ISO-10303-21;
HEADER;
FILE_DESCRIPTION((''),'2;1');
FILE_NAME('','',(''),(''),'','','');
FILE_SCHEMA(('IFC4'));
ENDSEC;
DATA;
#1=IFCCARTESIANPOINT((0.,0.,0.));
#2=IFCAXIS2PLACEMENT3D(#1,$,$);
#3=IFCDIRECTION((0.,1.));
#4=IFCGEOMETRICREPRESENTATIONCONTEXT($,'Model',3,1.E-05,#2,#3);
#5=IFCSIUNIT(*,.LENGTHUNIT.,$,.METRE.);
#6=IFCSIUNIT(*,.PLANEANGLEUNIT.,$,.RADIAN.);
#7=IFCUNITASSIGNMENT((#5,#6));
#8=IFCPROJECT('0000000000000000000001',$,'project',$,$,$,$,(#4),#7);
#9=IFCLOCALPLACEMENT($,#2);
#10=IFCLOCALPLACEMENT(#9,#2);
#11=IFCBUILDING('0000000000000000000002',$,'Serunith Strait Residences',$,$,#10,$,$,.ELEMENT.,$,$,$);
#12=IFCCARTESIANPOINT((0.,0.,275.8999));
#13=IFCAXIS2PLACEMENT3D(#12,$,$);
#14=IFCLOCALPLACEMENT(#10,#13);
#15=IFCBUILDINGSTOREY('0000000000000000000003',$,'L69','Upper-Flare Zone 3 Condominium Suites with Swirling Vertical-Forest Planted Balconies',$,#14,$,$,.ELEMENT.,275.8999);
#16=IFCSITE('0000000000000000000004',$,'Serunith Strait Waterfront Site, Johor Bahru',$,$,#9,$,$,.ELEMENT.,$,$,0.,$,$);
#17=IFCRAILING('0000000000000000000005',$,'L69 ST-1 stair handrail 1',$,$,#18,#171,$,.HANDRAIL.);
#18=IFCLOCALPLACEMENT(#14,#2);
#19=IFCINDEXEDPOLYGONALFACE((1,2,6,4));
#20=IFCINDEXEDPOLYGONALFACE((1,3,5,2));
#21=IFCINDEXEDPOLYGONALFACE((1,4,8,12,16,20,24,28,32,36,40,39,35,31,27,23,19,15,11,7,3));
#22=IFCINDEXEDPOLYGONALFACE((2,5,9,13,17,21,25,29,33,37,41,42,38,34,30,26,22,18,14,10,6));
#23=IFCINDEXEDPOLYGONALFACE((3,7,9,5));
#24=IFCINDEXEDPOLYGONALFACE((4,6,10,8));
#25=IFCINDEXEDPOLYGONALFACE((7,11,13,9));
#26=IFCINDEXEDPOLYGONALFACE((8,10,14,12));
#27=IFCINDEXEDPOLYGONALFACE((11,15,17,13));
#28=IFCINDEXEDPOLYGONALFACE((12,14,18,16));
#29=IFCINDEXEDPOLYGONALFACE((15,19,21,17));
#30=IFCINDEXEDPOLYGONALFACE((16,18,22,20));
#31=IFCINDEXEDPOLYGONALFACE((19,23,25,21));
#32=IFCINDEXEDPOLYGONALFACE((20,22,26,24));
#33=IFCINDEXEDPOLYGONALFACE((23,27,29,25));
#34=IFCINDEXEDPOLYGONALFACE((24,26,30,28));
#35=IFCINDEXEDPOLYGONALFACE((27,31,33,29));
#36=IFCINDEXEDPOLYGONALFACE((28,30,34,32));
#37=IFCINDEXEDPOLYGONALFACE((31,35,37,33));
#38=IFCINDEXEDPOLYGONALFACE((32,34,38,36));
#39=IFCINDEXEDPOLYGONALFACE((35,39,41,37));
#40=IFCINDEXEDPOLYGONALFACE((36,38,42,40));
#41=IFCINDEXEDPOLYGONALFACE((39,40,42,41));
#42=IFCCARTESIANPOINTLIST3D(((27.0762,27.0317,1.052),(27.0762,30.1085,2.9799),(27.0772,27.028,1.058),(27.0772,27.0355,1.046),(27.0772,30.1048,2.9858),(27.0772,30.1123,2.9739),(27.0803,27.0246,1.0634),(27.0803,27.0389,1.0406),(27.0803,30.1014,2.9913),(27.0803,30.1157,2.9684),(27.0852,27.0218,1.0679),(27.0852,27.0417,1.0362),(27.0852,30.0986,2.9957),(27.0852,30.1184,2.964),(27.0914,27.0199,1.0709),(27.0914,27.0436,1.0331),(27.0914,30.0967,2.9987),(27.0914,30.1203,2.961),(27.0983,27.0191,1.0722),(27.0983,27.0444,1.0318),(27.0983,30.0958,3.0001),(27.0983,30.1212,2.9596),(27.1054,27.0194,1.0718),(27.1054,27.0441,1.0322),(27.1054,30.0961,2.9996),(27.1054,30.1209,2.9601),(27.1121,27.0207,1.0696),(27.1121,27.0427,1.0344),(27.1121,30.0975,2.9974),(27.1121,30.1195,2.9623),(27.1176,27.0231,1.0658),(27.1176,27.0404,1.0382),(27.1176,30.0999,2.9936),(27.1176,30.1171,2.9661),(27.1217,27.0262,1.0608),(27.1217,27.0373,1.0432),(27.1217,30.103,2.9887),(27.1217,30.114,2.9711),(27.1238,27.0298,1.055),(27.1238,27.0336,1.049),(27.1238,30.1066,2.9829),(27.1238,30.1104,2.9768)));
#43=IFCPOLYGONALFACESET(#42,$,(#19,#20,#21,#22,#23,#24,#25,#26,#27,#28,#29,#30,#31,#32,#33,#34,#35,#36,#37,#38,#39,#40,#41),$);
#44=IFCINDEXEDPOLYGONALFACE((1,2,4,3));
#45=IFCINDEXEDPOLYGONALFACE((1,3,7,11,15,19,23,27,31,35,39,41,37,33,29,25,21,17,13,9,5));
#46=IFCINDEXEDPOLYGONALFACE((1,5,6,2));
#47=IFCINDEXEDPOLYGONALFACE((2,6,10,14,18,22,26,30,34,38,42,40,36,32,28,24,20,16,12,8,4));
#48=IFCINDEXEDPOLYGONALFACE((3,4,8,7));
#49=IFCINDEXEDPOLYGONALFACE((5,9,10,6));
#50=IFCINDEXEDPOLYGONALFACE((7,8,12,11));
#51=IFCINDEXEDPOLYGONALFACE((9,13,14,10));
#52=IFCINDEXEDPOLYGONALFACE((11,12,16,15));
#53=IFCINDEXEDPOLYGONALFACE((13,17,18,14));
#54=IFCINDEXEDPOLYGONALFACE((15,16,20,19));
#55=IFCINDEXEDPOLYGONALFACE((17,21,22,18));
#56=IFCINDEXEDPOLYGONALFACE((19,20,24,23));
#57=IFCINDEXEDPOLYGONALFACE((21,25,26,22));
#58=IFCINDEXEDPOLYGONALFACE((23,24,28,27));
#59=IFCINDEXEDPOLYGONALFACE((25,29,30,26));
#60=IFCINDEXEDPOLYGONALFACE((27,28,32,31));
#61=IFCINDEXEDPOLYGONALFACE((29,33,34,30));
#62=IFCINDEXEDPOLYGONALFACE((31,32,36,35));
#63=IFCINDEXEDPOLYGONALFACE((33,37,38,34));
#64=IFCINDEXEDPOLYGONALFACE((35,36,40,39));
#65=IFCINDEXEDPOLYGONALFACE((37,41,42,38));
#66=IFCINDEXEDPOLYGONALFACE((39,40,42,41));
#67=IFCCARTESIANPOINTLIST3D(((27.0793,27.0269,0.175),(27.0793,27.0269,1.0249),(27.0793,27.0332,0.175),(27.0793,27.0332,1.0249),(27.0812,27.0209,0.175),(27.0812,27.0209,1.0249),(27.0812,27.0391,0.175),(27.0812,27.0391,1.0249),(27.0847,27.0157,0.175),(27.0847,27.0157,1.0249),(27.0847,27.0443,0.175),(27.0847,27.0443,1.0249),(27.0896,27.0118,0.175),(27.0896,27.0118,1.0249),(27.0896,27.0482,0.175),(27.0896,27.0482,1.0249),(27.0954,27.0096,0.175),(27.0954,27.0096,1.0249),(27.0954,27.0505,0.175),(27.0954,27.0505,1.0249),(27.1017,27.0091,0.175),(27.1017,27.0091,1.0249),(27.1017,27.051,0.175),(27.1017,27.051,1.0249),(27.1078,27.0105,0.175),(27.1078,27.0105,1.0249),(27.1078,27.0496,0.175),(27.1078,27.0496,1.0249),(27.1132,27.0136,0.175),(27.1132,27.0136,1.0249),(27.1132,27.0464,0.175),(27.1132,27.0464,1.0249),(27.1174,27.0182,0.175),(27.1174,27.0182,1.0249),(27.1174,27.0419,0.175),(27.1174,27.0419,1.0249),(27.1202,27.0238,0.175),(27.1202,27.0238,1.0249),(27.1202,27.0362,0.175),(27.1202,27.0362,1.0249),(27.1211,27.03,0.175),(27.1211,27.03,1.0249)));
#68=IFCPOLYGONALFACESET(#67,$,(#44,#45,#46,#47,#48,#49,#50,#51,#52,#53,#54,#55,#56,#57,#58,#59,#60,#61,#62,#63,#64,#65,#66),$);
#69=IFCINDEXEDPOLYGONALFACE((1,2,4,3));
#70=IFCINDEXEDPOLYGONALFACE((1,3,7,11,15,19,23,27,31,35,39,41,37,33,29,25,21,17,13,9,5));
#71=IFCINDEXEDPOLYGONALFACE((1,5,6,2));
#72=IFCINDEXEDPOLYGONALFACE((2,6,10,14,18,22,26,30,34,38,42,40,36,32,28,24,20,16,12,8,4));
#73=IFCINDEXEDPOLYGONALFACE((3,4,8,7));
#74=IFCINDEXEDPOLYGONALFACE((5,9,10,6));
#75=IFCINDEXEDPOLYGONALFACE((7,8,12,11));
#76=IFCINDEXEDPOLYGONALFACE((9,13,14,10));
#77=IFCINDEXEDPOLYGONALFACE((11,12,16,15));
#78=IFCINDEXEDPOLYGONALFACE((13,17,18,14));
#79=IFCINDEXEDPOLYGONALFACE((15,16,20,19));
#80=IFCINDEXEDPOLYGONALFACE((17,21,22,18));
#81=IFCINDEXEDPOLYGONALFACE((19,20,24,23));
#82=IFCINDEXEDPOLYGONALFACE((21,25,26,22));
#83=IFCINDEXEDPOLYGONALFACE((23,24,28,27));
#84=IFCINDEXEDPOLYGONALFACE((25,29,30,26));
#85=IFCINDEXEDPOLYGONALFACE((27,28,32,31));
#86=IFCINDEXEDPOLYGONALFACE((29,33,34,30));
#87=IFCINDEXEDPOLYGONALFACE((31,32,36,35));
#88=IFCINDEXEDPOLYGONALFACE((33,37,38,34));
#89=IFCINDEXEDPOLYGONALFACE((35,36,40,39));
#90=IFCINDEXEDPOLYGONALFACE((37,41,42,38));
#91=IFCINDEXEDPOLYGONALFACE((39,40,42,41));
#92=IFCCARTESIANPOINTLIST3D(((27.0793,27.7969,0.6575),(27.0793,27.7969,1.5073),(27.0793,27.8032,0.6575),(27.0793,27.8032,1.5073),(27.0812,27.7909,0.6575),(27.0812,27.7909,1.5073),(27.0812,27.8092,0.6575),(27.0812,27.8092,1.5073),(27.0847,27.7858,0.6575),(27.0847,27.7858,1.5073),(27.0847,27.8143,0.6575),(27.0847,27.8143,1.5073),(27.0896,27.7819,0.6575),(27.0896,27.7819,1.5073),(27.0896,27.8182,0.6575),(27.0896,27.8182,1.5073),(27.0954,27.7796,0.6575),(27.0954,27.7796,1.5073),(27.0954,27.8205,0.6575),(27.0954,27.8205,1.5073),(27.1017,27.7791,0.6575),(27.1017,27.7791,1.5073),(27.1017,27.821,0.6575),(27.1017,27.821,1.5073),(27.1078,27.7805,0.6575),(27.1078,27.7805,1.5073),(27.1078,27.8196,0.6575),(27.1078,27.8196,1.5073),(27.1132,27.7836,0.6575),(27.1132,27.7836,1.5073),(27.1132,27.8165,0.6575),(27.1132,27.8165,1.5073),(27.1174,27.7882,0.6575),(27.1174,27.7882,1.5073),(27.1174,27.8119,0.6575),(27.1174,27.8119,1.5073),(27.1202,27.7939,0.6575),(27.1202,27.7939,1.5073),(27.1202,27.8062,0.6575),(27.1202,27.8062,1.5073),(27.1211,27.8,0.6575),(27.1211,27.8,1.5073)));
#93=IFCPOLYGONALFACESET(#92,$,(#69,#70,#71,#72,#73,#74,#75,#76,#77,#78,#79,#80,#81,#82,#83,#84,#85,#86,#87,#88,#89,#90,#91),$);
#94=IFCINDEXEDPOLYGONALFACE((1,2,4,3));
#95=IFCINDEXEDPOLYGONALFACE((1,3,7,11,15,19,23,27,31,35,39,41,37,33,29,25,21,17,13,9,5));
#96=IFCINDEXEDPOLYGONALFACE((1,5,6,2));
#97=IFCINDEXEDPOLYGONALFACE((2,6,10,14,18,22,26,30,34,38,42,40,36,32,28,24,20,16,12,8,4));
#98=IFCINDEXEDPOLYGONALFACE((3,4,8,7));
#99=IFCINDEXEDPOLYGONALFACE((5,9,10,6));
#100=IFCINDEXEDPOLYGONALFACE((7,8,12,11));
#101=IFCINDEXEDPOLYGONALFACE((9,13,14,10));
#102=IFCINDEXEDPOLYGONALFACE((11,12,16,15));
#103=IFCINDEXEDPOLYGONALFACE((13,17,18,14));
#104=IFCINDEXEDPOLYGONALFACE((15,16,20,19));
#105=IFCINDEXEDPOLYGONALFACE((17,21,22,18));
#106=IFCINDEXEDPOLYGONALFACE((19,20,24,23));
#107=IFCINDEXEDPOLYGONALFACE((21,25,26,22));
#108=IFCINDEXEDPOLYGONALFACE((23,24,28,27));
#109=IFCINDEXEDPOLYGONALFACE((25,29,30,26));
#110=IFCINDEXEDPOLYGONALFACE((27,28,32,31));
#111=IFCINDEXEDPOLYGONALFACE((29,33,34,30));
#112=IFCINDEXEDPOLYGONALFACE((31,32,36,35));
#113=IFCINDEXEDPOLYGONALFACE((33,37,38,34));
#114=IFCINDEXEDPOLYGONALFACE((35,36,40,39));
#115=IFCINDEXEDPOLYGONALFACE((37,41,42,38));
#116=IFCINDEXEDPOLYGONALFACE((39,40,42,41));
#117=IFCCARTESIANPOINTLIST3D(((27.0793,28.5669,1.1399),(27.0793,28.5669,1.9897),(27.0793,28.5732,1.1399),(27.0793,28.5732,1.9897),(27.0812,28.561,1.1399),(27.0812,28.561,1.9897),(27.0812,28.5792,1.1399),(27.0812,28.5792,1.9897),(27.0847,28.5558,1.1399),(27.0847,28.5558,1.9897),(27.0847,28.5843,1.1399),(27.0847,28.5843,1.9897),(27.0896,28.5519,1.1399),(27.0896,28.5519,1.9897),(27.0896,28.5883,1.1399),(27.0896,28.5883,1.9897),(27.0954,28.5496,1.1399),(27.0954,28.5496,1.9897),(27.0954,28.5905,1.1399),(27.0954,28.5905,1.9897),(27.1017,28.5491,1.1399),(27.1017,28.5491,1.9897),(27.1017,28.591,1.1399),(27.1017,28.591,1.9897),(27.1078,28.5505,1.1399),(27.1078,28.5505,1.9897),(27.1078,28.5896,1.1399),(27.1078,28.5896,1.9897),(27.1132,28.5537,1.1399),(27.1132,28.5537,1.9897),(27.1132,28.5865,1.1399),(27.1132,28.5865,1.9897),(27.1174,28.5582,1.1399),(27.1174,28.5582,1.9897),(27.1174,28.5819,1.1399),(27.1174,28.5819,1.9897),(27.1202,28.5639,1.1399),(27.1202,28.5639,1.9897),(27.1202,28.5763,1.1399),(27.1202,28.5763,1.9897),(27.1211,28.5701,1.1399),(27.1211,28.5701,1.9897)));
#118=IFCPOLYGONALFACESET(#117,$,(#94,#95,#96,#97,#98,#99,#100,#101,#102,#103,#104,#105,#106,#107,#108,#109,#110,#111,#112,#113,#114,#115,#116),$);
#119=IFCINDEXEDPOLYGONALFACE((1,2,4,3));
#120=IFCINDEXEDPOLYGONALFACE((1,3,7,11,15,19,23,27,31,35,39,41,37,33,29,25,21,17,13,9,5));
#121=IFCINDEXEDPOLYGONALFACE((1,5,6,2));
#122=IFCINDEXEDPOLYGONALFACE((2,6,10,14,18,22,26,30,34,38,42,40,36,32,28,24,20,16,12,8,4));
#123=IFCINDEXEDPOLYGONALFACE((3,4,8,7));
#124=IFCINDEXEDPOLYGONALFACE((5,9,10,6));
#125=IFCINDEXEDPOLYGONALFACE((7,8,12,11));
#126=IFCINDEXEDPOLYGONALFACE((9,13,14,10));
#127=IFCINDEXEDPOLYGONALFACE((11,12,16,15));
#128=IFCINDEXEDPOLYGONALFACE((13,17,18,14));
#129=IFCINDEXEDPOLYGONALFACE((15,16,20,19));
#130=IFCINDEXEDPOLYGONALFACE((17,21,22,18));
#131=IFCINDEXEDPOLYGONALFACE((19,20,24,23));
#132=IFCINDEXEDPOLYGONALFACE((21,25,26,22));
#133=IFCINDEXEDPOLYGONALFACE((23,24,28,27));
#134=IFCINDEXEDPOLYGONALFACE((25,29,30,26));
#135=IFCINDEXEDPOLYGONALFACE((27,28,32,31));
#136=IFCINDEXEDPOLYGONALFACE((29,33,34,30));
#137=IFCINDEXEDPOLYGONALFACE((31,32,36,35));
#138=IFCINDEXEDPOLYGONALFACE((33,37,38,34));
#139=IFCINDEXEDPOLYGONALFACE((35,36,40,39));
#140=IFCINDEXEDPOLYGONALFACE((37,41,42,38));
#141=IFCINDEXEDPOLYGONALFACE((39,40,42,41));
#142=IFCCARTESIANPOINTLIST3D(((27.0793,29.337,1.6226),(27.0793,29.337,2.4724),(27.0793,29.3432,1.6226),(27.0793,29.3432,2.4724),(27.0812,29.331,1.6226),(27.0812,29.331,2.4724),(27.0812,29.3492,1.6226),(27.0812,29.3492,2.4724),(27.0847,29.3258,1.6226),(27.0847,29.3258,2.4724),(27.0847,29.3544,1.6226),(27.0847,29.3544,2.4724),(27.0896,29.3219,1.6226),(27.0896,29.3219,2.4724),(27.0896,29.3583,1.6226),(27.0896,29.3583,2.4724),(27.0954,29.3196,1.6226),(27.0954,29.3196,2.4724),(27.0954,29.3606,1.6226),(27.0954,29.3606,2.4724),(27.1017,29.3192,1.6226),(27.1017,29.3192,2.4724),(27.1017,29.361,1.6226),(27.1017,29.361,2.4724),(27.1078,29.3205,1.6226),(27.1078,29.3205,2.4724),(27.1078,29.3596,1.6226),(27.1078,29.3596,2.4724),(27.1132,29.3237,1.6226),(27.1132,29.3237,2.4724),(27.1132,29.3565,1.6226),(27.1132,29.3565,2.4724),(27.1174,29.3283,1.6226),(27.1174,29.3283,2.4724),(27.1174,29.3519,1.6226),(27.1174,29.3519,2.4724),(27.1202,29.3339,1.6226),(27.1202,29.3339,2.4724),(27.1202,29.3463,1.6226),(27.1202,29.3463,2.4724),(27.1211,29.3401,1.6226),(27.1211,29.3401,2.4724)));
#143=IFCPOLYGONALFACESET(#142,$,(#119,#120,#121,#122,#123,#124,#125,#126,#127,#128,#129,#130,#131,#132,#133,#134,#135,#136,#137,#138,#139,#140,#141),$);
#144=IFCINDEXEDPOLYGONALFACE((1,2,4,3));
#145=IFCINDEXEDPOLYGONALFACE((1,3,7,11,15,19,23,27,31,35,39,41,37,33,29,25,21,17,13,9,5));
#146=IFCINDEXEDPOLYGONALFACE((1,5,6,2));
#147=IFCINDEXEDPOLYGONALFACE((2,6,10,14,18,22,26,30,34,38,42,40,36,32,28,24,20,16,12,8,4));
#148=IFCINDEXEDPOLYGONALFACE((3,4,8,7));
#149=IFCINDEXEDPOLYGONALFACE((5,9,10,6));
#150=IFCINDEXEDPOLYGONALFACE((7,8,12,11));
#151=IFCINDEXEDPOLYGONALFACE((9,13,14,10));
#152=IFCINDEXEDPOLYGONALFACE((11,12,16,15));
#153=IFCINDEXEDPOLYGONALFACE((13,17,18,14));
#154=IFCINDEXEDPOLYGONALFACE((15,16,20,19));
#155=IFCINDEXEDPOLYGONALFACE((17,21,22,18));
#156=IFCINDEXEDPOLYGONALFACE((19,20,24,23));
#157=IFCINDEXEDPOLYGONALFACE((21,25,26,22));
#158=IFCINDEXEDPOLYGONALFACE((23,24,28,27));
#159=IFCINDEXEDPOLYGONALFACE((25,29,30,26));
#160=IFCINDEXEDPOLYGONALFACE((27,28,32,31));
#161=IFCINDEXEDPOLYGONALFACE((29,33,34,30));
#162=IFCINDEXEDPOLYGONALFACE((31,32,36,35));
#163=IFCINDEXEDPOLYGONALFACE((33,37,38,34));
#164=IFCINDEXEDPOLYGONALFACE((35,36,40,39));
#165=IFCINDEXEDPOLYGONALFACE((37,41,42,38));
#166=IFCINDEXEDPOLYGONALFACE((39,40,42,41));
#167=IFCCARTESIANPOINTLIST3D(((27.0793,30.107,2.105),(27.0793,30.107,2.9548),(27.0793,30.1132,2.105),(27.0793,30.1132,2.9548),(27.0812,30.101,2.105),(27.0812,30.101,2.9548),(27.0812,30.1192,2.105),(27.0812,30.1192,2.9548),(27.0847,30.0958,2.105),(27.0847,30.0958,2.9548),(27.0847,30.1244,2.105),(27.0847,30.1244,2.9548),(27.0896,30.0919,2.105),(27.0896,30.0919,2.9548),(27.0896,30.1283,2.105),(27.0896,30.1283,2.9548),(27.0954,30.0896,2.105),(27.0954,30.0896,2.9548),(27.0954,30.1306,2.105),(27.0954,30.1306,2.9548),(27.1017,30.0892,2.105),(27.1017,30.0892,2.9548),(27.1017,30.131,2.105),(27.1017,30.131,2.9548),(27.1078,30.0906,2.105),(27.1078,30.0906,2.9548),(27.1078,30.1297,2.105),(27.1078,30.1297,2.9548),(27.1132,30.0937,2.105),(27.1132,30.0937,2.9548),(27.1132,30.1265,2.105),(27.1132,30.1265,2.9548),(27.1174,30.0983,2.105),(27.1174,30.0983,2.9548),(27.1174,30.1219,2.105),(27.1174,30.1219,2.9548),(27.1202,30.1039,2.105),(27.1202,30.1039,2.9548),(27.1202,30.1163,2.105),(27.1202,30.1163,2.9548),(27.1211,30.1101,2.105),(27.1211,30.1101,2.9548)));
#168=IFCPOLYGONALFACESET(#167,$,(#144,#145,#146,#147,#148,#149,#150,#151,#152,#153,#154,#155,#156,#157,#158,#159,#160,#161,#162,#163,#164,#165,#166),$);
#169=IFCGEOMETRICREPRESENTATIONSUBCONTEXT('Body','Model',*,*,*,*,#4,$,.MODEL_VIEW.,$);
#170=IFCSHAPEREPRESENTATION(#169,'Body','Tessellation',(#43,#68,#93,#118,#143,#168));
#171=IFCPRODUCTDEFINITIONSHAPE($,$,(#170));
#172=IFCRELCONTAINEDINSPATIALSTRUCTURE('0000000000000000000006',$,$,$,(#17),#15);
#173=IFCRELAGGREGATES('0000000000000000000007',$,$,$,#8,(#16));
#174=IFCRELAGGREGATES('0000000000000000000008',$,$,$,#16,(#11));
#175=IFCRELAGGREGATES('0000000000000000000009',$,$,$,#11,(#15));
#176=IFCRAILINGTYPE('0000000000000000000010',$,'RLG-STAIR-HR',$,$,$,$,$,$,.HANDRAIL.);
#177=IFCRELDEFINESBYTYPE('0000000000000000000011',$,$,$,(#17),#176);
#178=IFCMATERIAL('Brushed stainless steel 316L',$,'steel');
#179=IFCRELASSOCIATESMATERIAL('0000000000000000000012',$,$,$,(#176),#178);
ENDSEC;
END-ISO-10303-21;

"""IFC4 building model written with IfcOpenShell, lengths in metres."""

from ifc_helpers import new_model, si_unit, direction, frame, origin, origin_2d, place, context, subcontext, project, spatial, circle, extrude, material, type_object, element, save


model = new_model("IFC4")

# Units and contexts
model_context = context("Model", 3, precision=1e-05, world=origin(), true_north=direction((0.0, 1.0)))
body_context = subcontext(model_context, "Body", "Model", "MODEL_VIEW")
ifc_project = project(units=[si_unit("LENGTHUNIT", "METRE"), si_unit("PLANEANGLEUNIT", "RADIAN")], contexts=[model_context])

# Site, building, storey
site_placement = place(None, origin())
site = spatial("IfcSite", under=ifc_project, at=site_placement, Name="Serunith Strait Waterfront Site, Johor Bahru", CompositionType="ELEMENT", RefElevation=0.0)
building_placement = place(site_placement, origin())
building = spatial("IfcBuilding", under=site, at=building_placement, Name="Serunith Strait Residences", CompositionType="ELEMENT")
storey_placement = place(building_placement, frame((0.0, 0.0, 275.8999)))
storey = spatial("IfcBuildingStorey", under=building, at=storey_placement, Name="L69", Description="Upper-Flare Zone 3 Condominium Suites with Swirling Vertical-Forest Planted Balconies", CompositionType="ELEMENT", Elevation=275.8999)

# Railing
ifc_material_1 = material(Name="Brushed stainless steel 316L", Category="steel")
railing_type_1 = type_object("IfcRailingType", Name="RLG-STAIR-HR", PredefinedType="HANDRAIL", material=ifc_material_1)
railing_1_placement = place(storey_placement, frame((27.1001, 27.03, 0.175)))
element("IfcRailing", 1, at=railing_1_placement, inside=storey, type_object=railing_type_1, Name="L69 ST-1 stair handrail 1", PredefinedType="HANDRAIL", context=body_context, shape_type="SweptSolid", body=[
    extrude(circle(Radius=0.0239, at=origin_2d()), frame((0.0, 0.0017, 0.877), z_axis=(0.0, 0.847394, 0.530965), x_axis=(-1.0, 0.0, 0.0)), (0.0, 0.0, 1.0), 3.6309),
    extrude(circle(Radius=0.021, at=origin_2d()), origin(), (0.0, 0.0, 1.0), 0.8499),
    extrude(circle(Radius=0.021, at=origin_2d()), frame((0.0, 0.77, 0.4824)), (0.0, 0.0, 1.0), 0.8499),
    extrude(circle(Radius=0.021, at=origin_2d()), frame((0.0, 1.54, 0.9648)), (0.0, 0.0, 1.0), 0.8499),
    extrude(circle(Radius=0.021, at=origin_2d()), frame((0.0, 2.3101, 1.4475)), (0.0, 0.0, 1.0), 0.8499),
    extrude(circle(Radius=0.021, at=origin_2d()), frame((0.0, 3.0801, 1.9299)), (0.0, 0.0, 1.0), 0.8499),
])

save(model, "model.ifc")
